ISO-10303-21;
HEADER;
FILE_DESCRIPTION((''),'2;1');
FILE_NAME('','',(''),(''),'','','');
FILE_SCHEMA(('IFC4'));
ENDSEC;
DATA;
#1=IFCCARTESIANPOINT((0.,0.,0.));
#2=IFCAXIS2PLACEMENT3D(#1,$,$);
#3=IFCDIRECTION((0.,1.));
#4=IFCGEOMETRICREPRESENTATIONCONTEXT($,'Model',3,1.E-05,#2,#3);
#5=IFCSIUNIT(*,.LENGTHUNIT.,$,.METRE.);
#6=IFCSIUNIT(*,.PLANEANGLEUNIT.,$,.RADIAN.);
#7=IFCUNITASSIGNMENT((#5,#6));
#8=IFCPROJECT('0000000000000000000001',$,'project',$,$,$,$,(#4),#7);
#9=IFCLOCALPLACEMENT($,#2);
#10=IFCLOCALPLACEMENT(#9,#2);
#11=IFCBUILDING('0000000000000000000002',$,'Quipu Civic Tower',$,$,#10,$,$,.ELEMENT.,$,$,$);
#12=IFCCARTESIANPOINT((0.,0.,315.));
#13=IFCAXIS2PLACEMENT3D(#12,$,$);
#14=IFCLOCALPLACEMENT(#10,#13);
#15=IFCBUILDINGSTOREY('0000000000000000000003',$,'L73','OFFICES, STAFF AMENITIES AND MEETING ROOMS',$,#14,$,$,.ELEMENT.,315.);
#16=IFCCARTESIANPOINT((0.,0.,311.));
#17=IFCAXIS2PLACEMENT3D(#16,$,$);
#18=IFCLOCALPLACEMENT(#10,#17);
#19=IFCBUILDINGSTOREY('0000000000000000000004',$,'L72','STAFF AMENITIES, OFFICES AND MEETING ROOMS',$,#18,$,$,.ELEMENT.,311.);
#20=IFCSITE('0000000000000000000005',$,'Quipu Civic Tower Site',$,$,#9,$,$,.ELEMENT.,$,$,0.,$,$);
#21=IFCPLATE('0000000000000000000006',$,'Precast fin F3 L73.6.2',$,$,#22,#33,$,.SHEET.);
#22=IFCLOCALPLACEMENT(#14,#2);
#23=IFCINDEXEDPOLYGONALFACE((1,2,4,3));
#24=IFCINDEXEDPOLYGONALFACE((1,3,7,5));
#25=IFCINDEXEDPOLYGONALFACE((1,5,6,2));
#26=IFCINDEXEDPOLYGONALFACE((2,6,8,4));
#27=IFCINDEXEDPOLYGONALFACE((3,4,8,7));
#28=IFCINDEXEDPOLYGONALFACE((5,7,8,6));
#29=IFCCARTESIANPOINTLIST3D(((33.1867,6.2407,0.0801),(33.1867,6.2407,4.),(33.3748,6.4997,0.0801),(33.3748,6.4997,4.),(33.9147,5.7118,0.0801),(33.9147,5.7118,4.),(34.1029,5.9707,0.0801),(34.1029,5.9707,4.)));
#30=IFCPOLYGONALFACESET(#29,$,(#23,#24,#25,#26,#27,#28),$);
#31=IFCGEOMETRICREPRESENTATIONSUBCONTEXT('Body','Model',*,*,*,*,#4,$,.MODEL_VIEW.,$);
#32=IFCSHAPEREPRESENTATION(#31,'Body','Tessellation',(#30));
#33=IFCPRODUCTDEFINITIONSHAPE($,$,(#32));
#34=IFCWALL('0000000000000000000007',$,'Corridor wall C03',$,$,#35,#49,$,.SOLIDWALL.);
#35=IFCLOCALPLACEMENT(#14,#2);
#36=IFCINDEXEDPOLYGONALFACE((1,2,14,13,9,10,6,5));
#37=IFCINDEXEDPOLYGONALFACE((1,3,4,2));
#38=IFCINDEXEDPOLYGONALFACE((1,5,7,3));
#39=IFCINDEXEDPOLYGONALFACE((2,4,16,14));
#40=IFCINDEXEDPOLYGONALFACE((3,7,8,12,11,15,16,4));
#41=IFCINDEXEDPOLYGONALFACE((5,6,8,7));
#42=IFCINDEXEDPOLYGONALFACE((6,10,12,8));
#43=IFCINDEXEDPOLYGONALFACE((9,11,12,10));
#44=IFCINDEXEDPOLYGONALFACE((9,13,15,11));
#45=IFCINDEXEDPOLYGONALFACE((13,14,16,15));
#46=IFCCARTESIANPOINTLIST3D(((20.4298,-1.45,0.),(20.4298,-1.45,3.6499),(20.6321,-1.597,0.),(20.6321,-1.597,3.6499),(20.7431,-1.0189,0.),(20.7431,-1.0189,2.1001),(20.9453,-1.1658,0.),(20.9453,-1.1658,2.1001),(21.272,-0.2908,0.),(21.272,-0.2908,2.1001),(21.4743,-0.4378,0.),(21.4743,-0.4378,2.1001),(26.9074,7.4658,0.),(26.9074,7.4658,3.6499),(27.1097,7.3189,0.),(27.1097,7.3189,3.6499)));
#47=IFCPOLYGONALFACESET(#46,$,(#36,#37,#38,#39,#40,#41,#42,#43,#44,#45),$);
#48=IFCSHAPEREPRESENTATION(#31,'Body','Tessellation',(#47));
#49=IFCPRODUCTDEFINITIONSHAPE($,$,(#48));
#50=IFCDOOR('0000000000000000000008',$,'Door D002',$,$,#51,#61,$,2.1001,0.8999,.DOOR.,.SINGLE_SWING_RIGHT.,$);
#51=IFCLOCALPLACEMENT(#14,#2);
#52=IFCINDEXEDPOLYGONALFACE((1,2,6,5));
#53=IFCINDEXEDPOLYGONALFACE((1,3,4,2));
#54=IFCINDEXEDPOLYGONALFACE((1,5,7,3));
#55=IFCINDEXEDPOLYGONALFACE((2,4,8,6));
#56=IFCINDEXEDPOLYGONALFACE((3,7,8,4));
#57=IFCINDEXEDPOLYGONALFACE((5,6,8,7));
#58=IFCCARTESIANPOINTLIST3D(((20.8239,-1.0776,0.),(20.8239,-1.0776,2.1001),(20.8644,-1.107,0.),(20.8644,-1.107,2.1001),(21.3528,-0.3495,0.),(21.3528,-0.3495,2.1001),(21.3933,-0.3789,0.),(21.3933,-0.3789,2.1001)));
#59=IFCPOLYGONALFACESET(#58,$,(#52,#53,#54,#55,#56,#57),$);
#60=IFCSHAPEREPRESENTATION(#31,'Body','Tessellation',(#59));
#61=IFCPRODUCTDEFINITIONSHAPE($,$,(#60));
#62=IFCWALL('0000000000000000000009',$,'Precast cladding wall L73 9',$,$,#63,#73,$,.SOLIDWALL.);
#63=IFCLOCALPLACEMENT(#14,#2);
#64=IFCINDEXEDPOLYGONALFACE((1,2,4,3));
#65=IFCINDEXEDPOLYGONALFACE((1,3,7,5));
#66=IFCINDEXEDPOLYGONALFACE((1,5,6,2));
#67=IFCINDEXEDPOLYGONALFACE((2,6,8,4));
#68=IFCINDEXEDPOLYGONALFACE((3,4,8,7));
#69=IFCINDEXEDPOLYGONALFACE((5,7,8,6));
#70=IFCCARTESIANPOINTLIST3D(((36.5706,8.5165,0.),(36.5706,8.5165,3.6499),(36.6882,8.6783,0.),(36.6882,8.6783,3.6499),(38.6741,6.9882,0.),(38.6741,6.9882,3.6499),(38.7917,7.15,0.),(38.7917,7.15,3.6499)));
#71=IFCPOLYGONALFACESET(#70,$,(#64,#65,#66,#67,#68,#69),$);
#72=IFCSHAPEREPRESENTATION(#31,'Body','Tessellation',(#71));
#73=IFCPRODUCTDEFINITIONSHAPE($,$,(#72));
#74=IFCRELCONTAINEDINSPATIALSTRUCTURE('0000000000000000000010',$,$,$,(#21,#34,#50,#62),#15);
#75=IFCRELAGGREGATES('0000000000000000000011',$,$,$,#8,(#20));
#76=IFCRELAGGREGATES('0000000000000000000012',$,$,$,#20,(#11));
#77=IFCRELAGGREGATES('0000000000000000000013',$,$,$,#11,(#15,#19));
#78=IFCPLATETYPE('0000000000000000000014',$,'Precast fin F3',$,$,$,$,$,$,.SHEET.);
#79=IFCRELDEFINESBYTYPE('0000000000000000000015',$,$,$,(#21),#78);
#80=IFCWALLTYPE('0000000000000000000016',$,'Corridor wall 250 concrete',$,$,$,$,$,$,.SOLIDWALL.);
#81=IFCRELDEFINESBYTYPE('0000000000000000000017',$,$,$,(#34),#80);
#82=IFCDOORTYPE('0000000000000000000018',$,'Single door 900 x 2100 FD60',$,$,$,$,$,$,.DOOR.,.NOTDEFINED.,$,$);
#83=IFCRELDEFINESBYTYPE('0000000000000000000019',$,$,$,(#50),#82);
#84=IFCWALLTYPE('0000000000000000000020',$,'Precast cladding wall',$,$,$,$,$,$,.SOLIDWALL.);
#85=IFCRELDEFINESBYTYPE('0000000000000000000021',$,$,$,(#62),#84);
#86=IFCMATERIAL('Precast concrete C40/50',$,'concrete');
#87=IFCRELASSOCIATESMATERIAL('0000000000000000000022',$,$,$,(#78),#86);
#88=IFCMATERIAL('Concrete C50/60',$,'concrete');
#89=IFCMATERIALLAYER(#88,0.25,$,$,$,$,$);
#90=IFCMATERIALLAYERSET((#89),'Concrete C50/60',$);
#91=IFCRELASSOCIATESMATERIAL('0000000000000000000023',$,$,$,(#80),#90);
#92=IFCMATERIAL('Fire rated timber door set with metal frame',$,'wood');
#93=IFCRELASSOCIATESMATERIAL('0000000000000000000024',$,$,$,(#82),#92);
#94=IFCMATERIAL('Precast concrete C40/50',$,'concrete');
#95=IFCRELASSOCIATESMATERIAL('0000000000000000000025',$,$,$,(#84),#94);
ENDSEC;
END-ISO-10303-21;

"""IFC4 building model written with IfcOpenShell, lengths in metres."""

from ifc_helpers import new_model, si_unit, direction, frame, frame_2d, origin, origin_2d, place, context, subcontext, project, spatial, rectangle, extrude, material, layer, layer_set, type_object, element, fill, save


model = new_model("IFC4")

# Units and contexts
model_context = context("Model", 3, precision=1e-05, world=origin(), true_north=direction((0.0, 1.0)))
body_context = subcontext(model_context, "Body", "Model", "MODEL_VIEW")
ifc_project = project(units=[si_unit("LENGTHUNIT", "METRE"), si_unit("PLANEANGLEUNIT", "RADIAN")], contexts=[model_context])

# Site, building, storey
site_placement = place(None, origin())
site = spatial("IfcSite", under=ifc_project, at=site_placement, Name="Quipu Civic Tower Site", CompositionType="ELEMENT", RefElevation=0.0)
building_placement = place(site_placement, origin())
building = spatial("IfcBuilding", under=site, at=building_placement, Name="Quipu Civic Tower", CompositionType="ELEMENT")
storey_1_placement = place(building_placement, frame((0.0, 0.0, 315.0)))
storey_1 = spatial("IfcBuildingStorey", under=building, at=storey_1_placement, Name="L73", Description="OFFICES, STAFF AMENITIES AND MEETING ROOMS", CompositionType="ELEMENT", Elevation=315.0)

# Shared definitions
storey_2_placement = place(building_placement, frame((0.0, 0.0, 311.0)))
storey_2 = spatial("IfcBuildingStorey", under=building, at=storey_2_placement, Name="L72", Description="STAFF AMENITIES, OFFICES AND MEETING ROOMS", CompositionType="ELEMENT", Elevation=311.0)

# Plate
ifc_material_1 = material(Name="Precast concrete C40/50", Category="concrete")
plate_type_1 = type_object("IfcPlateType", Name="Precast fin F3", PredefinedType="SHEET", material=ifc_material_1)
for number, where, z_axis, x_axis, name in (
    (1, (33.6448, 6.1057, 0.0801), (0.0, 0.0, 1.0), (0.587791, 0.809013, 0.0), "Precast fin F3 L73.6.2"),
):
    element("IfcPlate", number, at=place(storey_1_placement, frame(where, z_axis=z_axis, x_axis=x_axis)), inside=storey_1, type_object=plate_type_1, Name=name, PredefinedType="SHEET", context=body_context, shape_type="SweptSolid", body=[
        extrude(rectangle(XDim=0.3201, YDim=0.8999, at=origin_2d()), origin(), (0.0, 0.0, 1.0), 3.9199),
    ])

# Wall, opening, door
ifc_material_2 = material(Name="Concrete C50/60", Category="concrete")
ifc_layer_1 = layer(ifc_material_2, 0.25)
ifc_layer_set_1 = layer_set([ifc_layer_1], Name="Concrete C50/60")
wall_type_1 = type_object("IfcWallType", Name="Corridor wall 250 concrete", PredefinedType="SOLIDWALL", material=ifc_layer_set_1)
wall_1_placement = place(storey_1_placement, frame((27.0085, 7.3923, 0.0), z_axis=(0.0, 0.0, 1.0), x_axis=(-0.587776, -0.809023, 0.0)))
wall_1 = element("IfcWall", 2, at=wall_1_placement, inside=storey_1, type_object=wall_type_1, Name="Corridor wall C03", PredefinedType="SOLIDWALL", context=body_context, shape_type="SweptSolid", body=[
    extrude(rectangle(XDim=11.0205, YDim=0.25, at=frame_2d((5.5103, 0.0))), origin(), (0.0, 0.0, 1.0), 3.6499),
])
opening_1_placement = place(wall_1_placement, frame((9.5876, 0.0, 0.0)))
opening_1 = element("IfcOpeningElement", 3, at=opening_1_placement, cuts=wall_1, PredefinedType="OPENING", context=body_context, shape_type="SweptSolid", body=[
    extrude(rectangle(XDim=0.8999, YDim=2.1001, at=frame_2d((0.45, 1.05))), frame((0.0, 0.135, 0.0), z_axis=(0.0, -1.0, 0.0), x_axis=(1.0, 0.0, 0.0)), (0.0, 0.0, 1.0), 0.27),
])
ifc_material_3 = material(Name="Fire rated timber door set with metal frame", Category="wood")
door_type_1 = type_object("IfcDoorType", Name="Single door 900 x 2100 FD60", OperationType="NOTDEFINED", PredefinedType="DOOR", material=ifc_material_3)
door_1_placement = place(opening_1_placement, origin())
door_1 = element("IfcDoor", 4, at=door_1_placement, inside=storey_1, type_object=door_type_1, Name="Door D002", OperationType="SINGLE_SWING_RIGHT", OverallHeight=2.1001, OverallWidth=0.8999, PredefinedType="DOOR", context=body_context, shape_type="SweptSolid", body=[
    extrude(rectangle(XDim=0.8999, YDim=2.1001, at=frame_2d((0.45, 1.05))), frame((0.0, 0.0249, 0.0), z_axis=(0.0, -1.0, 0.0), x_axis=(1.0, 0.0, 0.0)), (0.0, 0.0, 1.0), 0.05),
])
fill(opening_1, door_1)

# Wall
ifc_material_4 = material(Name="Precast concrete C40/50", Category="concrete")
wall_type_2 = type_object("IfcWallType", Name="Precast cladding wall", PredefinedType="SOLIDWALL", material=ifc_material_4)
wall_2_placement = place(storey_1_placement, frame((38.7329, 7.0691, 0.0), z_axis=(0.0, 0.0, 1.0), x_axis=(-0.809012, 0.587792, 0.0)))
element("IfcWall", 5, at=wall_2_placement, inside=storey_1, type_object=wall_type_2, Name="Precast cladding wall L73 9", PredefinedType="SOLIDWALL", context=body_context, shape_type="SweptSolid", body=[
    extrude(rectangle(XDim=2.6001, YDim=0.2, at=frame_2d((1.3, 0.0))), origin(), (0.0, 0.0, 1.0), 3.6499),
])

save(model, "model.ifc")
